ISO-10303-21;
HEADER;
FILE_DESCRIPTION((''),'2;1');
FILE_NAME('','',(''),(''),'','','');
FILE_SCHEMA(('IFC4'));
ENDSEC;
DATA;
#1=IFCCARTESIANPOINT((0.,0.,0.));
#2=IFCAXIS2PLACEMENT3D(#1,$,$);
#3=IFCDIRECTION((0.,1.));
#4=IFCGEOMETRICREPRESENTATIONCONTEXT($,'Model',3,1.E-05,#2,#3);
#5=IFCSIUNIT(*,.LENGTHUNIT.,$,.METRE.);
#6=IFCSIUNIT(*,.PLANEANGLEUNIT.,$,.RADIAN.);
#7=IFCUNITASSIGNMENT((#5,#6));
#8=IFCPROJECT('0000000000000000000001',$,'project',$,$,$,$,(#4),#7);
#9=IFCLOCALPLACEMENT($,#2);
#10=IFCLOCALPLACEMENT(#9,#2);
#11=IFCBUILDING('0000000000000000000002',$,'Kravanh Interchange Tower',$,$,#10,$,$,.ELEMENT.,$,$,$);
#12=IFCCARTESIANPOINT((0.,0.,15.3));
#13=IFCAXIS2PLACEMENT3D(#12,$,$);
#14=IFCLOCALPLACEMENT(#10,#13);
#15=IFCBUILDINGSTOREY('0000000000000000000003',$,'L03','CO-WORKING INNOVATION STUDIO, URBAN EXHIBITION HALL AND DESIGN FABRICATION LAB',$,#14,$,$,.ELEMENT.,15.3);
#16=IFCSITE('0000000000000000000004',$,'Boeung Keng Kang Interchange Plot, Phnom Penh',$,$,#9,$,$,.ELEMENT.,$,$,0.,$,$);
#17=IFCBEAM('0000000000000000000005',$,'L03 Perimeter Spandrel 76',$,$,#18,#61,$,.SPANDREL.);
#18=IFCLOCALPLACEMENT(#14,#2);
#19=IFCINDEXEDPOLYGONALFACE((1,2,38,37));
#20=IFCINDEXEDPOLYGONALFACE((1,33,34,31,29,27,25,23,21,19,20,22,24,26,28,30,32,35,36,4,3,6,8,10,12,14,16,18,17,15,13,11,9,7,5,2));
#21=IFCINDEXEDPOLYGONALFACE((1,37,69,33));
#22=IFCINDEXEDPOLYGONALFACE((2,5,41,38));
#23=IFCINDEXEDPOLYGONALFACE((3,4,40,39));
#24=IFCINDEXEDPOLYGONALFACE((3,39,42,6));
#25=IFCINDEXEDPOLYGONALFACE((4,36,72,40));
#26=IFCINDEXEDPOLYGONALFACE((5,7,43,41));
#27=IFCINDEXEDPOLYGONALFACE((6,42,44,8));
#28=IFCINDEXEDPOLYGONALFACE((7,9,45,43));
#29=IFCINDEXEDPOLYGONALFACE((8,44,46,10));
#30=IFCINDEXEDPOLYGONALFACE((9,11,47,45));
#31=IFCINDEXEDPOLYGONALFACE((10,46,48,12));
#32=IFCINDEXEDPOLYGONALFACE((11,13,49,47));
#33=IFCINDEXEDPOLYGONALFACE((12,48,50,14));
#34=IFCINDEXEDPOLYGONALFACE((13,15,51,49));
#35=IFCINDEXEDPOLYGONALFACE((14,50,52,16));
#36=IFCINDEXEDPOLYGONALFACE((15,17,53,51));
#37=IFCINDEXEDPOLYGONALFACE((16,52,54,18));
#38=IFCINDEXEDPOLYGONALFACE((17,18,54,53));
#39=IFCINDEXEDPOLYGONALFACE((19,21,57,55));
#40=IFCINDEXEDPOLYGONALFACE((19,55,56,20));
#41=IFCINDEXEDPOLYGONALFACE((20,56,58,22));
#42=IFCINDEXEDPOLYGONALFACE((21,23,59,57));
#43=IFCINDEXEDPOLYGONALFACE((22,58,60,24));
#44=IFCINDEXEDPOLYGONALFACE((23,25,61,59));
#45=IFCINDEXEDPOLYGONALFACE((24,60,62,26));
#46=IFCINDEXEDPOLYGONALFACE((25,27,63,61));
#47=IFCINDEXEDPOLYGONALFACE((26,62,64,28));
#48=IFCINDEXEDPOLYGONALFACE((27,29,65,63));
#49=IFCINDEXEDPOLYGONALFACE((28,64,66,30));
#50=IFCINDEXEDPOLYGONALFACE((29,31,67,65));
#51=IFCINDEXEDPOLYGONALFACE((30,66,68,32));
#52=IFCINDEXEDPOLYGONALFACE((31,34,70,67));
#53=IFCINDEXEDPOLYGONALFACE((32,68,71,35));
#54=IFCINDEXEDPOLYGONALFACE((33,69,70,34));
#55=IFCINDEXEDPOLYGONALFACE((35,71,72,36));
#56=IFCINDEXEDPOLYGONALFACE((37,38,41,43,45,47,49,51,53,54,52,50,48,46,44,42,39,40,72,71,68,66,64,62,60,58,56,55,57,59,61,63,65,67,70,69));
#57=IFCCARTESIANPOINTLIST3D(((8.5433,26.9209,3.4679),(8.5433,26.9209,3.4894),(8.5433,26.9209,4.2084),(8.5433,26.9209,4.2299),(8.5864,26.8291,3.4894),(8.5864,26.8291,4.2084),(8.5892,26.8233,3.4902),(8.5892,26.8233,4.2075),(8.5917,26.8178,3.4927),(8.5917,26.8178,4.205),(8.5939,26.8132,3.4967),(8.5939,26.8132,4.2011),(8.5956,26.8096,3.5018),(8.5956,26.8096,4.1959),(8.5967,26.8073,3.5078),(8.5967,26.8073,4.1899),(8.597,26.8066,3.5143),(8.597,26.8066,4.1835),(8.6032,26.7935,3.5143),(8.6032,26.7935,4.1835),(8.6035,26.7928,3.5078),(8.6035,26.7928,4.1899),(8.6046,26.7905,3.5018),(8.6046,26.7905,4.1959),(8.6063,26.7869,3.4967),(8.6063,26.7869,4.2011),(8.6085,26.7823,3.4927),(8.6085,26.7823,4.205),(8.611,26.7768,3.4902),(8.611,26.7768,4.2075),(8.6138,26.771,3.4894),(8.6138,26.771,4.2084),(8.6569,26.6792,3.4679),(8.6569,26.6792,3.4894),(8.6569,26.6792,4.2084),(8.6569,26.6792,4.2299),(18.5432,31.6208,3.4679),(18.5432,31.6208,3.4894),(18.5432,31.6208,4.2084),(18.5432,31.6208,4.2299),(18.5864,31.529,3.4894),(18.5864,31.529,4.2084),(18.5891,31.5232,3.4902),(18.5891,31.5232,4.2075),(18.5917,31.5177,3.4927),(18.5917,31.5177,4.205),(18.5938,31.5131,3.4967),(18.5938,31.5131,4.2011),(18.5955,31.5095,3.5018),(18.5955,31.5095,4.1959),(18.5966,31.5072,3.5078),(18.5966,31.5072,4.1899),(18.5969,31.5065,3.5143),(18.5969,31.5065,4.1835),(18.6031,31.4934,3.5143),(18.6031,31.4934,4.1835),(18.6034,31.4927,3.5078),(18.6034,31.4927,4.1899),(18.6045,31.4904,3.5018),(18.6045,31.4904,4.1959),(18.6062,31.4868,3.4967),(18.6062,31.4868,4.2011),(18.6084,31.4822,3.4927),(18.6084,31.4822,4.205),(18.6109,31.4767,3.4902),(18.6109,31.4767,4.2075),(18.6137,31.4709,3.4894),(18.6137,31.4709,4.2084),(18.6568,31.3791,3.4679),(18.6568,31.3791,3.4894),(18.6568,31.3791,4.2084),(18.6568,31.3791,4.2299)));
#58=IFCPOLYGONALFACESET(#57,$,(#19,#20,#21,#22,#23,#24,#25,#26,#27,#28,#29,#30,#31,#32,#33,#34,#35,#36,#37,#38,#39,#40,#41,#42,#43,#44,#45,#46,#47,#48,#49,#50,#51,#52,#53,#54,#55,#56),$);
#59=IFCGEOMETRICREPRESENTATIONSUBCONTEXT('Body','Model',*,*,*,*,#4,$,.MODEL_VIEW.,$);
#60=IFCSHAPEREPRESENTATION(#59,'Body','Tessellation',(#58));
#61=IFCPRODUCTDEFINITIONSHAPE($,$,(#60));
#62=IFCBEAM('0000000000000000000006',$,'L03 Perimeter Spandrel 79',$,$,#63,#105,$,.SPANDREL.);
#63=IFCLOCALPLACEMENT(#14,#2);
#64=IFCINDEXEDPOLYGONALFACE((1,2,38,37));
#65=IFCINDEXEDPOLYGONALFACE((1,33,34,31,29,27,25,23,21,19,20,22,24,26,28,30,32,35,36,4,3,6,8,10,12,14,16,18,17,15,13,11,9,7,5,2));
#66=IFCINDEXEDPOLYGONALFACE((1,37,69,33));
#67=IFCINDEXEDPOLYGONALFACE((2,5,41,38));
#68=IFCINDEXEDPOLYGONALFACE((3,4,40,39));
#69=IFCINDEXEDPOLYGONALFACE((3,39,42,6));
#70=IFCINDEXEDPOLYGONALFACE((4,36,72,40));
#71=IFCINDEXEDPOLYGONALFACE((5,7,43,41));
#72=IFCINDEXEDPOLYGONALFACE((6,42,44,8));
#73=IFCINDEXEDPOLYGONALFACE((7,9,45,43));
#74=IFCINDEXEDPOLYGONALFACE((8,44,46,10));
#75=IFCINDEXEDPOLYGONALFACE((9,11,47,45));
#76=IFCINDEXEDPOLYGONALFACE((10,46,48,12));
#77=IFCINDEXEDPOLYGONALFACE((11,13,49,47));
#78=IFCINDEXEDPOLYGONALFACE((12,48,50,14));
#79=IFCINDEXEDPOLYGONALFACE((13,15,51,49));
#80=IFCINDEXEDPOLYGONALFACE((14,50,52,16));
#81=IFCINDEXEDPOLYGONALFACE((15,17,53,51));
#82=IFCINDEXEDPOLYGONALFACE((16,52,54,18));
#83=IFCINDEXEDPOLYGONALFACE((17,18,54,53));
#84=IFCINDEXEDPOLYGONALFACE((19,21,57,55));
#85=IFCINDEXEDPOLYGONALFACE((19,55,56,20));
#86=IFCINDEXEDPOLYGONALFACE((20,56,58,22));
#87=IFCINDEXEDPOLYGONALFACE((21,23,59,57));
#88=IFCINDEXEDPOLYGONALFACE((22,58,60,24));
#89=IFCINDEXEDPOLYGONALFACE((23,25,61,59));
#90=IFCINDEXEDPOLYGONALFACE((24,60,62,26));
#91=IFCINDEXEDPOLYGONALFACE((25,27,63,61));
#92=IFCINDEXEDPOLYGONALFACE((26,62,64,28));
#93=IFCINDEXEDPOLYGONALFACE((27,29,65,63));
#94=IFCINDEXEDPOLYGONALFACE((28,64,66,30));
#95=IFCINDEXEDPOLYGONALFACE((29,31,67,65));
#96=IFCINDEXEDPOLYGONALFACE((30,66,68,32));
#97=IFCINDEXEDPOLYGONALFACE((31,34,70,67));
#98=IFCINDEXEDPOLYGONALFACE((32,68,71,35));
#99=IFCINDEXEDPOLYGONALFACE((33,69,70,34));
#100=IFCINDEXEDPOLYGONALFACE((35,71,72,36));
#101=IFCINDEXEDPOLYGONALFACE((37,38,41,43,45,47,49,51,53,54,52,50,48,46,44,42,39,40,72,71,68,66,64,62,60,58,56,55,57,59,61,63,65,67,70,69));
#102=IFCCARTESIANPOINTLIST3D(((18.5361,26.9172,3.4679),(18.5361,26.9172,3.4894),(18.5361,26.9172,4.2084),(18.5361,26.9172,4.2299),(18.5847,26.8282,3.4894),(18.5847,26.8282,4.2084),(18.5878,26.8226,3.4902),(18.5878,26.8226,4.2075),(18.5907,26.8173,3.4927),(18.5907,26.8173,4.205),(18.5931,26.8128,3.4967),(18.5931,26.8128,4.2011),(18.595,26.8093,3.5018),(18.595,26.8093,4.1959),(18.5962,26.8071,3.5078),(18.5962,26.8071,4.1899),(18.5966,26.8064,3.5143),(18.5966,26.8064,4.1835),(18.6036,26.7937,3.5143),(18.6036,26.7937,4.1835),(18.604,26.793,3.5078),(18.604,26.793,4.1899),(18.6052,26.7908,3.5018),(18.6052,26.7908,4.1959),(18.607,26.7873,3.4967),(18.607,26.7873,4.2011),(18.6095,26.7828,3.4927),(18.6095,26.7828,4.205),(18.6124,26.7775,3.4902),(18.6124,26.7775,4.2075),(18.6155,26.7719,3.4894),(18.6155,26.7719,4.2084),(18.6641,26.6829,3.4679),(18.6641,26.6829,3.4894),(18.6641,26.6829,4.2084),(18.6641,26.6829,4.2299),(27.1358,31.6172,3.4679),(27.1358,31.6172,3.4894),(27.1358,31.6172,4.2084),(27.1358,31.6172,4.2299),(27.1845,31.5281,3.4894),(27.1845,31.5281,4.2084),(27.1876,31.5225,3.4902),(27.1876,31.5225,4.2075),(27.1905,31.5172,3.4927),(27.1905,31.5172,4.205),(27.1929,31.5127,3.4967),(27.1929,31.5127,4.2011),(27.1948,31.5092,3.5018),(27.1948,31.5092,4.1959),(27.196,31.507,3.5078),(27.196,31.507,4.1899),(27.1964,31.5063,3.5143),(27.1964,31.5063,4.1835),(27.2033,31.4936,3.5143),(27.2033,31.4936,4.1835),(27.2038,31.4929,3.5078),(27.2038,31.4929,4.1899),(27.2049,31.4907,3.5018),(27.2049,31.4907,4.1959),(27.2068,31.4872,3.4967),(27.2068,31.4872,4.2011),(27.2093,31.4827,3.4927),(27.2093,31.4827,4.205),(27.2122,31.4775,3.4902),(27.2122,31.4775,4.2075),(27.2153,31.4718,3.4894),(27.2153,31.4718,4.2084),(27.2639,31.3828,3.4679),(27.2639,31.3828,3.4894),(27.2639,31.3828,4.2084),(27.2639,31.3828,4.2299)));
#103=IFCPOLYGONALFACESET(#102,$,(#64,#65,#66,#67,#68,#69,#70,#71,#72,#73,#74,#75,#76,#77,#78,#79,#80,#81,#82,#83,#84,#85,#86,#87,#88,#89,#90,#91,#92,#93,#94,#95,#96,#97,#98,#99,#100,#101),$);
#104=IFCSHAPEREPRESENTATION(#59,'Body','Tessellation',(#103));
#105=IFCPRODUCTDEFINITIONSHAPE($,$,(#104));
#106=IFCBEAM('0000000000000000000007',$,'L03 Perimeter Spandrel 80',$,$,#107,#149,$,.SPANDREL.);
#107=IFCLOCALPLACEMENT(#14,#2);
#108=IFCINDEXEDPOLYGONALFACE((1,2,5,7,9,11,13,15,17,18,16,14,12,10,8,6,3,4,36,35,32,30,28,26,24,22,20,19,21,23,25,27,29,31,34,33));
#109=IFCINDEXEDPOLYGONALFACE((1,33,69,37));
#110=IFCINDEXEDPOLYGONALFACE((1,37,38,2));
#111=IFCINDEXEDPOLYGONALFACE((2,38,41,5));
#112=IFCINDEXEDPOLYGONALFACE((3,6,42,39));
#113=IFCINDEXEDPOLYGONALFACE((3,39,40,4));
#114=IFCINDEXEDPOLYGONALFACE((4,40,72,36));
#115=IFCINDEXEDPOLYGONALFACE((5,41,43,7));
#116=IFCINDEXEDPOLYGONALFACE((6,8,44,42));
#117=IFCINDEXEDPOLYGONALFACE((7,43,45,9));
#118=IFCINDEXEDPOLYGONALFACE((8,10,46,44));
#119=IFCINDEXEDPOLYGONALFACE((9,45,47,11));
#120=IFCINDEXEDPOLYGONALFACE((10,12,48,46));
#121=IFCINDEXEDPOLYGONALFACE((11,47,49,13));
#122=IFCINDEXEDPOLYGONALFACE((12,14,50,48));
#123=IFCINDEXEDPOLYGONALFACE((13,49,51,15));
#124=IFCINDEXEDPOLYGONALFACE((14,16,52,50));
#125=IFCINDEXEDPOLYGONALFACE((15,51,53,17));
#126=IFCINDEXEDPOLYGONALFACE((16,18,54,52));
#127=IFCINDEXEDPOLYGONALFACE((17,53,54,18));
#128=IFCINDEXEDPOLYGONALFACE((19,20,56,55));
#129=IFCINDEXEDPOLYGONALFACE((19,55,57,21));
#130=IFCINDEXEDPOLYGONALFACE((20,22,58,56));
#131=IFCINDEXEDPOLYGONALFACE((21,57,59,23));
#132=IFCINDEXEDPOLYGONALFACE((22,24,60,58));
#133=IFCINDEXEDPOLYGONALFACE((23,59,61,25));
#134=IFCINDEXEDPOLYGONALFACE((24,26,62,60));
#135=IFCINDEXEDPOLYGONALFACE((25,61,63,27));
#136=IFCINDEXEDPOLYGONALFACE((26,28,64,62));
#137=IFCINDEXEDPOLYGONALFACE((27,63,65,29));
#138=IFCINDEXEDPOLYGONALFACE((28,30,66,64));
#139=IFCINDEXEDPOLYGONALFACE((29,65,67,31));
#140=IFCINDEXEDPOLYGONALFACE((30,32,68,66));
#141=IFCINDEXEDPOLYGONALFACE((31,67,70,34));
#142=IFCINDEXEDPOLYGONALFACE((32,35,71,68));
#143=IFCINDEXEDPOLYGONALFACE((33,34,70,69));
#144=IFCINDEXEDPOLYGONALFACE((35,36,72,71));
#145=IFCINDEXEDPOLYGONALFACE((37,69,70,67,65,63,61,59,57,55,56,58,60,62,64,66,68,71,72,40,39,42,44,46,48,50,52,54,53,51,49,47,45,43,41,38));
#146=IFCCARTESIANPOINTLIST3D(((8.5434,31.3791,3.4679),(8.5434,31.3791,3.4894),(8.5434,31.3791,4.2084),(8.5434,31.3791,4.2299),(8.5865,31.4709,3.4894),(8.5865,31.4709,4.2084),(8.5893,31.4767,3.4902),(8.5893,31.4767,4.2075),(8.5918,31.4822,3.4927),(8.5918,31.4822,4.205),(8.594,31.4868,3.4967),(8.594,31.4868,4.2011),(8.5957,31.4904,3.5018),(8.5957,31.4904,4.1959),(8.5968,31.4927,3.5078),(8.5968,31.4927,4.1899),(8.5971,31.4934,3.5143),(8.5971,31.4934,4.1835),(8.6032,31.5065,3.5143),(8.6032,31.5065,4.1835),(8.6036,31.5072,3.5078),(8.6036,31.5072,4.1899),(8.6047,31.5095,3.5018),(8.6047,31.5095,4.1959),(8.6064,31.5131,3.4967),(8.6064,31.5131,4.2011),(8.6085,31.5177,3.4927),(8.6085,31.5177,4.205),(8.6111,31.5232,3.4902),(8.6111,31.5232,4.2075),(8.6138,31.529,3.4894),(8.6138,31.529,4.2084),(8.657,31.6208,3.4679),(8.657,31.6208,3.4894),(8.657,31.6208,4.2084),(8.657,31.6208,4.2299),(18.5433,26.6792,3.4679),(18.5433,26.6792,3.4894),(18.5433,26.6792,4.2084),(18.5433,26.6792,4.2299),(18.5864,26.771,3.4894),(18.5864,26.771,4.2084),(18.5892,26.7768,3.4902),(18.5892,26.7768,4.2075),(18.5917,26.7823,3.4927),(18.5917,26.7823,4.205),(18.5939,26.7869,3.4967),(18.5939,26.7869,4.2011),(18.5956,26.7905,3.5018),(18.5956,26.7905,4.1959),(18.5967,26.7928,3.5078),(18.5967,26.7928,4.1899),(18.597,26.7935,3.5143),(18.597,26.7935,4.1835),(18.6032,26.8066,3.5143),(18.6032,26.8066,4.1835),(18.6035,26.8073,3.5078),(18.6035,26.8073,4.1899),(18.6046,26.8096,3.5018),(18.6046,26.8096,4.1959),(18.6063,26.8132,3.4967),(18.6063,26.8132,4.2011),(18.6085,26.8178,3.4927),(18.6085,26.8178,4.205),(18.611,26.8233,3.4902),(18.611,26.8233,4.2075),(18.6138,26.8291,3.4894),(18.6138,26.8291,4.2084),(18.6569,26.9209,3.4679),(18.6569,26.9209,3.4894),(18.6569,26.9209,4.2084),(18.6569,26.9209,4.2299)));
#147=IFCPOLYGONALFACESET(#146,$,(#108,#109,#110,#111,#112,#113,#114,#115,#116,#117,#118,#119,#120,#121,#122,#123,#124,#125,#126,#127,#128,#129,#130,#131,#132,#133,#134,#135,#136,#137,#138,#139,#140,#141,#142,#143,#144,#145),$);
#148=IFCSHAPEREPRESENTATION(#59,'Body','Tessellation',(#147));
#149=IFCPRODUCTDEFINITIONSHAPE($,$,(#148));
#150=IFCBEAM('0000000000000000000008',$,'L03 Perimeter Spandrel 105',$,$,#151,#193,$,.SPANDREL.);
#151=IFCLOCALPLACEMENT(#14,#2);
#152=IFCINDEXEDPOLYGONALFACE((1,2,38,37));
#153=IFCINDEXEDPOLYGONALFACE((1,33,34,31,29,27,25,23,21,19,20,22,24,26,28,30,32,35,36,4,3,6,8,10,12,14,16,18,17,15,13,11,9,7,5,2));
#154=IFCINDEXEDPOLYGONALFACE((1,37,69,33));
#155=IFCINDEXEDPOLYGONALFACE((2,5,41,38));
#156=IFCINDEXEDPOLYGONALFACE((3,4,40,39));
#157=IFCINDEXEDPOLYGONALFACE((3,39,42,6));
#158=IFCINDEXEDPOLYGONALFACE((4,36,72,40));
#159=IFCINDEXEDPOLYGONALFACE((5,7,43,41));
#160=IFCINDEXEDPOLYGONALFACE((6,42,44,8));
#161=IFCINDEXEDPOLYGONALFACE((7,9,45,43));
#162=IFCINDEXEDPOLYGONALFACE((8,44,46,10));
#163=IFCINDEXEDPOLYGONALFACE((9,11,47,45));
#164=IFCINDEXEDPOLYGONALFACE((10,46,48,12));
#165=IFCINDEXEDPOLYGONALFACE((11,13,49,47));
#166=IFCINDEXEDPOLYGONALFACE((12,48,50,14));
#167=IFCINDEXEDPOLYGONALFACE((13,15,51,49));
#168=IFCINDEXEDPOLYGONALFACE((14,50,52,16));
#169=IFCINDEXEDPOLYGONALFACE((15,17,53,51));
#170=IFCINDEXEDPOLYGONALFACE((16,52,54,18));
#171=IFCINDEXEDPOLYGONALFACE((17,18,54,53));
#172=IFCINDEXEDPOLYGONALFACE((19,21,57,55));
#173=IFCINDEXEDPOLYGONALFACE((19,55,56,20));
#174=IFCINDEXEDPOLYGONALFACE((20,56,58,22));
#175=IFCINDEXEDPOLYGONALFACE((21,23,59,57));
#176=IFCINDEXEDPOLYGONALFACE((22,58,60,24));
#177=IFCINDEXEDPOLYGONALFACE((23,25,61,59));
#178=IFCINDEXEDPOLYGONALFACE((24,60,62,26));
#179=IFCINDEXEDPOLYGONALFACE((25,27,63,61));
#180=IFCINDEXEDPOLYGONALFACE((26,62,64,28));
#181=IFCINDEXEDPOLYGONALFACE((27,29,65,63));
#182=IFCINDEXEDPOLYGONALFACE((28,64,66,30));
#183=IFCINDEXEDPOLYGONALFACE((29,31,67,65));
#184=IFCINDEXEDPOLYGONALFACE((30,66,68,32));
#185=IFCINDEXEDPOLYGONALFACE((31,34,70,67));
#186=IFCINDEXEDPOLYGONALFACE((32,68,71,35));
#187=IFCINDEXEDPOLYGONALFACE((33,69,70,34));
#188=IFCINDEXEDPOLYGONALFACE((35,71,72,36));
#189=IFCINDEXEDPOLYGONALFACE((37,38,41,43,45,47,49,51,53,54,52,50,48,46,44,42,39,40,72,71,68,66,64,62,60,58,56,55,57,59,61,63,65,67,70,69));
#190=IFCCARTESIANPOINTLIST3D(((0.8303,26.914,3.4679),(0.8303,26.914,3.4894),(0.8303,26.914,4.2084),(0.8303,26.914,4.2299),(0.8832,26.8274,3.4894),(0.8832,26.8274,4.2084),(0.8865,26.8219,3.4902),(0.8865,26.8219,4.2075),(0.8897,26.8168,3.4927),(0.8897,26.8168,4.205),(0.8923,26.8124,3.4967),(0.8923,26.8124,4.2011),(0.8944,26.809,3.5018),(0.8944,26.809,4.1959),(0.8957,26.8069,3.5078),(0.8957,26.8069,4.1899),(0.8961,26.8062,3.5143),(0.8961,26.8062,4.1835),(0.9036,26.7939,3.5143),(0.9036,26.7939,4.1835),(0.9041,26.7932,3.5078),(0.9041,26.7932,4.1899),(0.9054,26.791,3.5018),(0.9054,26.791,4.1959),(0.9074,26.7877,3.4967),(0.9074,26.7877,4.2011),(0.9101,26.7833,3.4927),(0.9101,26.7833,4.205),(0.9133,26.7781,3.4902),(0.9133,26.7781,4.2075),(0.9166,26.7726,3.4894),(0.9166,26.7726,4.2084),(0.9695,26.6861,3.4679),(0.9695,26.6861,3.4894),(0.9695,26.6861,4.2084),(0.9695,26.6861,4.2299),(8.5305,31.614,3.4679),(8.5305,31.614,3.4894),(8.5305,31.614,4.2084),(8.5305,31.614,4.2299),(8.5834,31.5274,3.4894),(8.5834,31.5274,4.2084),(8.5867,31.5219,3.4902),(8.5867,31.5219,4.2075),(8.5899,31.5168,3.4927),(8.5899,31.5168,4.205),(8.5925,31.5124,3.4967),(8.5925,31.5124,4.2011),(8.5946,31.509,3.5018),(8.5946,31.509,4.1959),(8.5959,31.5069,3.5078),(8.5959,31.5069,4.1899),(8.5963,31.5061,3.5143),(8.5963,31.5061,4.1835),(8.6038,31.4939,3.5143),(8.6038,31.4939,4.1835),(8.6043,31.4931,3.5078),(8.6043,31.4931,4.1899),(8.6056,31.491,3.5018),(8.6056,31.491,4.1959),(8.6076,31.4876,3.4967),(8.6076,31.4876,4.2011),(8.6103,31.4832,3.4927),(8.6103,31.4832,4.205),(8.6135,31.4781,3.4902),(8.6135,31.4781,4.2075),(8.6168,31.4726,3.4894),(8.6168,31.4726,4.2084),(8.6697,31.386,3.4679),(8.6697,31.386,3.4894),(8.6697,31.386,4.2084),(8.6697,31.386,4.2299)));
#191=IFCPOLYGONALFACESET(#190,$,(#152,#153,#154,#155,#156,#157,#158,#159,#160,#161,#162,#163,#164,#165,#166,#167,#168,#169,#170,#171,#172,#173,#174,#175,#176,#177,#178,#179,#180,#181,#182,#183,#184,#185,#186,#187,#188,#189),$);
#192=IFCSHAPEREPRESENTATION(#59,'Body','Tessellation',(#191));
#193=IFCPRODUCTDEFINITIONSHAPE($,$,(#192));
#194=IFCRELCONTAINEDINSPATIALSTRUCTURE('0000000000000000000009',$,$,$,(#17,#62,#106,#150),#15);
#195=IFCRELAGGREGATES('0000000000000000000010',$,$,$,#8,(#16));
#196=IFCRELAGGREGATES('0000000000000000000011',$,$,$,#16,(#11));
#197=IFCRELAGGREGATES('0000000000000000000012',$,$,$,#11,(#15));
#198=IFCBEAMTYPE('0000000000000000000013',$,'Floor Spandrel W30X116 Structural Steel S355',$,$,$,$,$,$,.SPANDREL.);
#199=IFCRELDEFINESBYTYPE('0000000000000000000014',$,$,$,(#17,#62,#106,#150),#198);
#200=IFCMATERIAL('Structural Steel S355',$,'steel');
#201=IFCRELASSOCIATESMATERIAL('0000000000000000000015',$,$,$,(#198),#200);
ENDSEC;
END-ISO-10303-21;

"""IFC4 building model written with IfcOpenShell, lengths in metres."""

from ifc_helpers import new_model, si_unit, direction, frame, origin, origin_2d, place, context, subcontext, project, spatial, i_section, extrude, material, material_profile, profile_set, type_object, element, save


model = new_model("IFC4")

# Units and contexts
model_context = context("Model", 3, precision=1e-05, world=origin(), true_north=direction((0.0, 1.0)))
body_context = subcontext(model_context, "Body", "Model", "MODEL_VIEW")
ifc_project = project(units=[si_unit("LENGTHUNIT", "METRE"), si_unit("PLANEANGLEUNIT", "RADIAN")], contexts=[model_context])

# Site, building, storey
site_placement = place(None, origin())
site = spatial("IfcSite", under=ifc_project, at=site_placement, Name="Boeung Keng Kang Interchange Plot, Phnom Penh", CompositionType="ELEMENT", RefElevation=0.0)
building_placement = place(site_placement, origin())
building = spatial("IfcBuilding", under=site, at=building_placement, Name="Kravanh Interchange Tower", CompositionType="ELEMENT")
storey_placement = place(building_placement, frame((0.0, 0.0, 15.3)))
storey = spatial("IfcBuildingStorey", under=building, at=storey_placement, Name="L03", Description="CO-WORKING INNOVATION STUDIO, URBAN EXHIBITION HALL AND DESIGN FABRICATION LAB", CompositionType="ELEMENT", Elevation=15.3)

# Beams
ifc_material_1 = material(Name="Structural Steel S355", Category="steel")
ifc_material_profile_1 = material_profile(ifc_material_1, i_section(OverallWidth=0.2671, OverallDepth=0.762, WebThickness=0.0144, FlangeThickness=0.0215, FilletRadius=0.0249, at=origin_2d()), Name="W30X116")
ifc_profile_set_1 = profile_set([ifc_material_profile_1], Name="Structural Steel S355")
beam_type_1 = type_object("IfcBeamType", Name="Floor Spandrel W30X116 Structural Steel S355", PredefinedType="SPANDREL", material=ifc_profile_set_1)
beam_1_placement = place(storey_placement, frame((8.6001, 26.8, 3.8489), z_axis=(0.905025, 0.425358, 0.0), x_axis=(-0.425358, 0.905025, 0.0)))
element("IfcBeam", 1, at=beam_1_placement, inside=storey, type_object=beam_type_1, Name="L03 Perimeter Spandrel 76", PredefinedType="SPANDREL", context=body_context, shape_type="SweptSolid", body=[
    extrude(i_section(OverallWidth=0.2671, OverallDepth=0.762, WebThickness=0.0144, FlangeThickness=0.0215, FilletRadius=0.0249, at=origin_2d()), origin(), (0.0, 0.0, 1.0), 11.0493),
])
beam_2_placement = place(storey_placement, frame((18.6001, 26.8, 3.8489), z_axis=(0.877504, 0.479569, 0.0), x_axis=(-0.479569, 0.877504, 0.0)))
element("IfcBeam", 2, at=beam_2_placement, inside=storey, type_object=beam_type_1, Name="L03 Perimeter Spandrel 79", PredefinedType="SPANDREL", context=body_context, shape_type="SweptSolid", body=[
    extrude(i_section(OverallWidth=0.2671, OverallDepth=0.762, WebThickness=0.0144, FlangeThickness=0.0215, FilletRadius=0.0249, at=origin_2d()), origin(), (0.0, 0.0, 1.0), 9.8003),
])
beam_3_placement = place(storey_placement, frame((18.6001, 26.8, 3.8489), z_axis=(-0.905025, 0.425358, 0.0), x_axis=(-0.425358, -0.905025, 0.0)))
element("IfcBeam", 3, at=beam_3_placement, inside=storey, type_object=beam_type_1, Name="L03 Perimeter Spandrel 80", PredefinedType="SPANDREL", context=body_context, shape_type="SweptSolid", body=[
    extrude(i_section(OverallWidth=0.2671, OverallDepth=0.762, WebThickness=0.0144, FlangeThickness=0.0215, FilletRadius=0.0249, at=origin_2d()), origin(), (0.0, 0.0, 1.0), 11.0493),
])
beam_4_placement = place(storey_placement, frame((8.6001, 31.5, 3.8489), z_axis=(-0.853564, -0.520988, 0.0), x_axis=(0.520988, -0.853564, 0.0)))
element("IfcBeam", 4, at=beam_4_placement, inside=storey, type_object=beam_type_1, Name="L03 Perimeter Spandrel 105", PredefinedType="SPANDREL", context=body_context, shape_type="SweptSolid", body=[
    extrude(i_section(OverallWidth=0.2671, OverallDepth=0.762, WebThickness=0.0144, FlangeThickness=0.0215, FilletRadius=0.0249, at=origin_2d()), origin(), (0.0, 0.0, 1.0), 9.0212),
])

save(model, "model.ifc")
